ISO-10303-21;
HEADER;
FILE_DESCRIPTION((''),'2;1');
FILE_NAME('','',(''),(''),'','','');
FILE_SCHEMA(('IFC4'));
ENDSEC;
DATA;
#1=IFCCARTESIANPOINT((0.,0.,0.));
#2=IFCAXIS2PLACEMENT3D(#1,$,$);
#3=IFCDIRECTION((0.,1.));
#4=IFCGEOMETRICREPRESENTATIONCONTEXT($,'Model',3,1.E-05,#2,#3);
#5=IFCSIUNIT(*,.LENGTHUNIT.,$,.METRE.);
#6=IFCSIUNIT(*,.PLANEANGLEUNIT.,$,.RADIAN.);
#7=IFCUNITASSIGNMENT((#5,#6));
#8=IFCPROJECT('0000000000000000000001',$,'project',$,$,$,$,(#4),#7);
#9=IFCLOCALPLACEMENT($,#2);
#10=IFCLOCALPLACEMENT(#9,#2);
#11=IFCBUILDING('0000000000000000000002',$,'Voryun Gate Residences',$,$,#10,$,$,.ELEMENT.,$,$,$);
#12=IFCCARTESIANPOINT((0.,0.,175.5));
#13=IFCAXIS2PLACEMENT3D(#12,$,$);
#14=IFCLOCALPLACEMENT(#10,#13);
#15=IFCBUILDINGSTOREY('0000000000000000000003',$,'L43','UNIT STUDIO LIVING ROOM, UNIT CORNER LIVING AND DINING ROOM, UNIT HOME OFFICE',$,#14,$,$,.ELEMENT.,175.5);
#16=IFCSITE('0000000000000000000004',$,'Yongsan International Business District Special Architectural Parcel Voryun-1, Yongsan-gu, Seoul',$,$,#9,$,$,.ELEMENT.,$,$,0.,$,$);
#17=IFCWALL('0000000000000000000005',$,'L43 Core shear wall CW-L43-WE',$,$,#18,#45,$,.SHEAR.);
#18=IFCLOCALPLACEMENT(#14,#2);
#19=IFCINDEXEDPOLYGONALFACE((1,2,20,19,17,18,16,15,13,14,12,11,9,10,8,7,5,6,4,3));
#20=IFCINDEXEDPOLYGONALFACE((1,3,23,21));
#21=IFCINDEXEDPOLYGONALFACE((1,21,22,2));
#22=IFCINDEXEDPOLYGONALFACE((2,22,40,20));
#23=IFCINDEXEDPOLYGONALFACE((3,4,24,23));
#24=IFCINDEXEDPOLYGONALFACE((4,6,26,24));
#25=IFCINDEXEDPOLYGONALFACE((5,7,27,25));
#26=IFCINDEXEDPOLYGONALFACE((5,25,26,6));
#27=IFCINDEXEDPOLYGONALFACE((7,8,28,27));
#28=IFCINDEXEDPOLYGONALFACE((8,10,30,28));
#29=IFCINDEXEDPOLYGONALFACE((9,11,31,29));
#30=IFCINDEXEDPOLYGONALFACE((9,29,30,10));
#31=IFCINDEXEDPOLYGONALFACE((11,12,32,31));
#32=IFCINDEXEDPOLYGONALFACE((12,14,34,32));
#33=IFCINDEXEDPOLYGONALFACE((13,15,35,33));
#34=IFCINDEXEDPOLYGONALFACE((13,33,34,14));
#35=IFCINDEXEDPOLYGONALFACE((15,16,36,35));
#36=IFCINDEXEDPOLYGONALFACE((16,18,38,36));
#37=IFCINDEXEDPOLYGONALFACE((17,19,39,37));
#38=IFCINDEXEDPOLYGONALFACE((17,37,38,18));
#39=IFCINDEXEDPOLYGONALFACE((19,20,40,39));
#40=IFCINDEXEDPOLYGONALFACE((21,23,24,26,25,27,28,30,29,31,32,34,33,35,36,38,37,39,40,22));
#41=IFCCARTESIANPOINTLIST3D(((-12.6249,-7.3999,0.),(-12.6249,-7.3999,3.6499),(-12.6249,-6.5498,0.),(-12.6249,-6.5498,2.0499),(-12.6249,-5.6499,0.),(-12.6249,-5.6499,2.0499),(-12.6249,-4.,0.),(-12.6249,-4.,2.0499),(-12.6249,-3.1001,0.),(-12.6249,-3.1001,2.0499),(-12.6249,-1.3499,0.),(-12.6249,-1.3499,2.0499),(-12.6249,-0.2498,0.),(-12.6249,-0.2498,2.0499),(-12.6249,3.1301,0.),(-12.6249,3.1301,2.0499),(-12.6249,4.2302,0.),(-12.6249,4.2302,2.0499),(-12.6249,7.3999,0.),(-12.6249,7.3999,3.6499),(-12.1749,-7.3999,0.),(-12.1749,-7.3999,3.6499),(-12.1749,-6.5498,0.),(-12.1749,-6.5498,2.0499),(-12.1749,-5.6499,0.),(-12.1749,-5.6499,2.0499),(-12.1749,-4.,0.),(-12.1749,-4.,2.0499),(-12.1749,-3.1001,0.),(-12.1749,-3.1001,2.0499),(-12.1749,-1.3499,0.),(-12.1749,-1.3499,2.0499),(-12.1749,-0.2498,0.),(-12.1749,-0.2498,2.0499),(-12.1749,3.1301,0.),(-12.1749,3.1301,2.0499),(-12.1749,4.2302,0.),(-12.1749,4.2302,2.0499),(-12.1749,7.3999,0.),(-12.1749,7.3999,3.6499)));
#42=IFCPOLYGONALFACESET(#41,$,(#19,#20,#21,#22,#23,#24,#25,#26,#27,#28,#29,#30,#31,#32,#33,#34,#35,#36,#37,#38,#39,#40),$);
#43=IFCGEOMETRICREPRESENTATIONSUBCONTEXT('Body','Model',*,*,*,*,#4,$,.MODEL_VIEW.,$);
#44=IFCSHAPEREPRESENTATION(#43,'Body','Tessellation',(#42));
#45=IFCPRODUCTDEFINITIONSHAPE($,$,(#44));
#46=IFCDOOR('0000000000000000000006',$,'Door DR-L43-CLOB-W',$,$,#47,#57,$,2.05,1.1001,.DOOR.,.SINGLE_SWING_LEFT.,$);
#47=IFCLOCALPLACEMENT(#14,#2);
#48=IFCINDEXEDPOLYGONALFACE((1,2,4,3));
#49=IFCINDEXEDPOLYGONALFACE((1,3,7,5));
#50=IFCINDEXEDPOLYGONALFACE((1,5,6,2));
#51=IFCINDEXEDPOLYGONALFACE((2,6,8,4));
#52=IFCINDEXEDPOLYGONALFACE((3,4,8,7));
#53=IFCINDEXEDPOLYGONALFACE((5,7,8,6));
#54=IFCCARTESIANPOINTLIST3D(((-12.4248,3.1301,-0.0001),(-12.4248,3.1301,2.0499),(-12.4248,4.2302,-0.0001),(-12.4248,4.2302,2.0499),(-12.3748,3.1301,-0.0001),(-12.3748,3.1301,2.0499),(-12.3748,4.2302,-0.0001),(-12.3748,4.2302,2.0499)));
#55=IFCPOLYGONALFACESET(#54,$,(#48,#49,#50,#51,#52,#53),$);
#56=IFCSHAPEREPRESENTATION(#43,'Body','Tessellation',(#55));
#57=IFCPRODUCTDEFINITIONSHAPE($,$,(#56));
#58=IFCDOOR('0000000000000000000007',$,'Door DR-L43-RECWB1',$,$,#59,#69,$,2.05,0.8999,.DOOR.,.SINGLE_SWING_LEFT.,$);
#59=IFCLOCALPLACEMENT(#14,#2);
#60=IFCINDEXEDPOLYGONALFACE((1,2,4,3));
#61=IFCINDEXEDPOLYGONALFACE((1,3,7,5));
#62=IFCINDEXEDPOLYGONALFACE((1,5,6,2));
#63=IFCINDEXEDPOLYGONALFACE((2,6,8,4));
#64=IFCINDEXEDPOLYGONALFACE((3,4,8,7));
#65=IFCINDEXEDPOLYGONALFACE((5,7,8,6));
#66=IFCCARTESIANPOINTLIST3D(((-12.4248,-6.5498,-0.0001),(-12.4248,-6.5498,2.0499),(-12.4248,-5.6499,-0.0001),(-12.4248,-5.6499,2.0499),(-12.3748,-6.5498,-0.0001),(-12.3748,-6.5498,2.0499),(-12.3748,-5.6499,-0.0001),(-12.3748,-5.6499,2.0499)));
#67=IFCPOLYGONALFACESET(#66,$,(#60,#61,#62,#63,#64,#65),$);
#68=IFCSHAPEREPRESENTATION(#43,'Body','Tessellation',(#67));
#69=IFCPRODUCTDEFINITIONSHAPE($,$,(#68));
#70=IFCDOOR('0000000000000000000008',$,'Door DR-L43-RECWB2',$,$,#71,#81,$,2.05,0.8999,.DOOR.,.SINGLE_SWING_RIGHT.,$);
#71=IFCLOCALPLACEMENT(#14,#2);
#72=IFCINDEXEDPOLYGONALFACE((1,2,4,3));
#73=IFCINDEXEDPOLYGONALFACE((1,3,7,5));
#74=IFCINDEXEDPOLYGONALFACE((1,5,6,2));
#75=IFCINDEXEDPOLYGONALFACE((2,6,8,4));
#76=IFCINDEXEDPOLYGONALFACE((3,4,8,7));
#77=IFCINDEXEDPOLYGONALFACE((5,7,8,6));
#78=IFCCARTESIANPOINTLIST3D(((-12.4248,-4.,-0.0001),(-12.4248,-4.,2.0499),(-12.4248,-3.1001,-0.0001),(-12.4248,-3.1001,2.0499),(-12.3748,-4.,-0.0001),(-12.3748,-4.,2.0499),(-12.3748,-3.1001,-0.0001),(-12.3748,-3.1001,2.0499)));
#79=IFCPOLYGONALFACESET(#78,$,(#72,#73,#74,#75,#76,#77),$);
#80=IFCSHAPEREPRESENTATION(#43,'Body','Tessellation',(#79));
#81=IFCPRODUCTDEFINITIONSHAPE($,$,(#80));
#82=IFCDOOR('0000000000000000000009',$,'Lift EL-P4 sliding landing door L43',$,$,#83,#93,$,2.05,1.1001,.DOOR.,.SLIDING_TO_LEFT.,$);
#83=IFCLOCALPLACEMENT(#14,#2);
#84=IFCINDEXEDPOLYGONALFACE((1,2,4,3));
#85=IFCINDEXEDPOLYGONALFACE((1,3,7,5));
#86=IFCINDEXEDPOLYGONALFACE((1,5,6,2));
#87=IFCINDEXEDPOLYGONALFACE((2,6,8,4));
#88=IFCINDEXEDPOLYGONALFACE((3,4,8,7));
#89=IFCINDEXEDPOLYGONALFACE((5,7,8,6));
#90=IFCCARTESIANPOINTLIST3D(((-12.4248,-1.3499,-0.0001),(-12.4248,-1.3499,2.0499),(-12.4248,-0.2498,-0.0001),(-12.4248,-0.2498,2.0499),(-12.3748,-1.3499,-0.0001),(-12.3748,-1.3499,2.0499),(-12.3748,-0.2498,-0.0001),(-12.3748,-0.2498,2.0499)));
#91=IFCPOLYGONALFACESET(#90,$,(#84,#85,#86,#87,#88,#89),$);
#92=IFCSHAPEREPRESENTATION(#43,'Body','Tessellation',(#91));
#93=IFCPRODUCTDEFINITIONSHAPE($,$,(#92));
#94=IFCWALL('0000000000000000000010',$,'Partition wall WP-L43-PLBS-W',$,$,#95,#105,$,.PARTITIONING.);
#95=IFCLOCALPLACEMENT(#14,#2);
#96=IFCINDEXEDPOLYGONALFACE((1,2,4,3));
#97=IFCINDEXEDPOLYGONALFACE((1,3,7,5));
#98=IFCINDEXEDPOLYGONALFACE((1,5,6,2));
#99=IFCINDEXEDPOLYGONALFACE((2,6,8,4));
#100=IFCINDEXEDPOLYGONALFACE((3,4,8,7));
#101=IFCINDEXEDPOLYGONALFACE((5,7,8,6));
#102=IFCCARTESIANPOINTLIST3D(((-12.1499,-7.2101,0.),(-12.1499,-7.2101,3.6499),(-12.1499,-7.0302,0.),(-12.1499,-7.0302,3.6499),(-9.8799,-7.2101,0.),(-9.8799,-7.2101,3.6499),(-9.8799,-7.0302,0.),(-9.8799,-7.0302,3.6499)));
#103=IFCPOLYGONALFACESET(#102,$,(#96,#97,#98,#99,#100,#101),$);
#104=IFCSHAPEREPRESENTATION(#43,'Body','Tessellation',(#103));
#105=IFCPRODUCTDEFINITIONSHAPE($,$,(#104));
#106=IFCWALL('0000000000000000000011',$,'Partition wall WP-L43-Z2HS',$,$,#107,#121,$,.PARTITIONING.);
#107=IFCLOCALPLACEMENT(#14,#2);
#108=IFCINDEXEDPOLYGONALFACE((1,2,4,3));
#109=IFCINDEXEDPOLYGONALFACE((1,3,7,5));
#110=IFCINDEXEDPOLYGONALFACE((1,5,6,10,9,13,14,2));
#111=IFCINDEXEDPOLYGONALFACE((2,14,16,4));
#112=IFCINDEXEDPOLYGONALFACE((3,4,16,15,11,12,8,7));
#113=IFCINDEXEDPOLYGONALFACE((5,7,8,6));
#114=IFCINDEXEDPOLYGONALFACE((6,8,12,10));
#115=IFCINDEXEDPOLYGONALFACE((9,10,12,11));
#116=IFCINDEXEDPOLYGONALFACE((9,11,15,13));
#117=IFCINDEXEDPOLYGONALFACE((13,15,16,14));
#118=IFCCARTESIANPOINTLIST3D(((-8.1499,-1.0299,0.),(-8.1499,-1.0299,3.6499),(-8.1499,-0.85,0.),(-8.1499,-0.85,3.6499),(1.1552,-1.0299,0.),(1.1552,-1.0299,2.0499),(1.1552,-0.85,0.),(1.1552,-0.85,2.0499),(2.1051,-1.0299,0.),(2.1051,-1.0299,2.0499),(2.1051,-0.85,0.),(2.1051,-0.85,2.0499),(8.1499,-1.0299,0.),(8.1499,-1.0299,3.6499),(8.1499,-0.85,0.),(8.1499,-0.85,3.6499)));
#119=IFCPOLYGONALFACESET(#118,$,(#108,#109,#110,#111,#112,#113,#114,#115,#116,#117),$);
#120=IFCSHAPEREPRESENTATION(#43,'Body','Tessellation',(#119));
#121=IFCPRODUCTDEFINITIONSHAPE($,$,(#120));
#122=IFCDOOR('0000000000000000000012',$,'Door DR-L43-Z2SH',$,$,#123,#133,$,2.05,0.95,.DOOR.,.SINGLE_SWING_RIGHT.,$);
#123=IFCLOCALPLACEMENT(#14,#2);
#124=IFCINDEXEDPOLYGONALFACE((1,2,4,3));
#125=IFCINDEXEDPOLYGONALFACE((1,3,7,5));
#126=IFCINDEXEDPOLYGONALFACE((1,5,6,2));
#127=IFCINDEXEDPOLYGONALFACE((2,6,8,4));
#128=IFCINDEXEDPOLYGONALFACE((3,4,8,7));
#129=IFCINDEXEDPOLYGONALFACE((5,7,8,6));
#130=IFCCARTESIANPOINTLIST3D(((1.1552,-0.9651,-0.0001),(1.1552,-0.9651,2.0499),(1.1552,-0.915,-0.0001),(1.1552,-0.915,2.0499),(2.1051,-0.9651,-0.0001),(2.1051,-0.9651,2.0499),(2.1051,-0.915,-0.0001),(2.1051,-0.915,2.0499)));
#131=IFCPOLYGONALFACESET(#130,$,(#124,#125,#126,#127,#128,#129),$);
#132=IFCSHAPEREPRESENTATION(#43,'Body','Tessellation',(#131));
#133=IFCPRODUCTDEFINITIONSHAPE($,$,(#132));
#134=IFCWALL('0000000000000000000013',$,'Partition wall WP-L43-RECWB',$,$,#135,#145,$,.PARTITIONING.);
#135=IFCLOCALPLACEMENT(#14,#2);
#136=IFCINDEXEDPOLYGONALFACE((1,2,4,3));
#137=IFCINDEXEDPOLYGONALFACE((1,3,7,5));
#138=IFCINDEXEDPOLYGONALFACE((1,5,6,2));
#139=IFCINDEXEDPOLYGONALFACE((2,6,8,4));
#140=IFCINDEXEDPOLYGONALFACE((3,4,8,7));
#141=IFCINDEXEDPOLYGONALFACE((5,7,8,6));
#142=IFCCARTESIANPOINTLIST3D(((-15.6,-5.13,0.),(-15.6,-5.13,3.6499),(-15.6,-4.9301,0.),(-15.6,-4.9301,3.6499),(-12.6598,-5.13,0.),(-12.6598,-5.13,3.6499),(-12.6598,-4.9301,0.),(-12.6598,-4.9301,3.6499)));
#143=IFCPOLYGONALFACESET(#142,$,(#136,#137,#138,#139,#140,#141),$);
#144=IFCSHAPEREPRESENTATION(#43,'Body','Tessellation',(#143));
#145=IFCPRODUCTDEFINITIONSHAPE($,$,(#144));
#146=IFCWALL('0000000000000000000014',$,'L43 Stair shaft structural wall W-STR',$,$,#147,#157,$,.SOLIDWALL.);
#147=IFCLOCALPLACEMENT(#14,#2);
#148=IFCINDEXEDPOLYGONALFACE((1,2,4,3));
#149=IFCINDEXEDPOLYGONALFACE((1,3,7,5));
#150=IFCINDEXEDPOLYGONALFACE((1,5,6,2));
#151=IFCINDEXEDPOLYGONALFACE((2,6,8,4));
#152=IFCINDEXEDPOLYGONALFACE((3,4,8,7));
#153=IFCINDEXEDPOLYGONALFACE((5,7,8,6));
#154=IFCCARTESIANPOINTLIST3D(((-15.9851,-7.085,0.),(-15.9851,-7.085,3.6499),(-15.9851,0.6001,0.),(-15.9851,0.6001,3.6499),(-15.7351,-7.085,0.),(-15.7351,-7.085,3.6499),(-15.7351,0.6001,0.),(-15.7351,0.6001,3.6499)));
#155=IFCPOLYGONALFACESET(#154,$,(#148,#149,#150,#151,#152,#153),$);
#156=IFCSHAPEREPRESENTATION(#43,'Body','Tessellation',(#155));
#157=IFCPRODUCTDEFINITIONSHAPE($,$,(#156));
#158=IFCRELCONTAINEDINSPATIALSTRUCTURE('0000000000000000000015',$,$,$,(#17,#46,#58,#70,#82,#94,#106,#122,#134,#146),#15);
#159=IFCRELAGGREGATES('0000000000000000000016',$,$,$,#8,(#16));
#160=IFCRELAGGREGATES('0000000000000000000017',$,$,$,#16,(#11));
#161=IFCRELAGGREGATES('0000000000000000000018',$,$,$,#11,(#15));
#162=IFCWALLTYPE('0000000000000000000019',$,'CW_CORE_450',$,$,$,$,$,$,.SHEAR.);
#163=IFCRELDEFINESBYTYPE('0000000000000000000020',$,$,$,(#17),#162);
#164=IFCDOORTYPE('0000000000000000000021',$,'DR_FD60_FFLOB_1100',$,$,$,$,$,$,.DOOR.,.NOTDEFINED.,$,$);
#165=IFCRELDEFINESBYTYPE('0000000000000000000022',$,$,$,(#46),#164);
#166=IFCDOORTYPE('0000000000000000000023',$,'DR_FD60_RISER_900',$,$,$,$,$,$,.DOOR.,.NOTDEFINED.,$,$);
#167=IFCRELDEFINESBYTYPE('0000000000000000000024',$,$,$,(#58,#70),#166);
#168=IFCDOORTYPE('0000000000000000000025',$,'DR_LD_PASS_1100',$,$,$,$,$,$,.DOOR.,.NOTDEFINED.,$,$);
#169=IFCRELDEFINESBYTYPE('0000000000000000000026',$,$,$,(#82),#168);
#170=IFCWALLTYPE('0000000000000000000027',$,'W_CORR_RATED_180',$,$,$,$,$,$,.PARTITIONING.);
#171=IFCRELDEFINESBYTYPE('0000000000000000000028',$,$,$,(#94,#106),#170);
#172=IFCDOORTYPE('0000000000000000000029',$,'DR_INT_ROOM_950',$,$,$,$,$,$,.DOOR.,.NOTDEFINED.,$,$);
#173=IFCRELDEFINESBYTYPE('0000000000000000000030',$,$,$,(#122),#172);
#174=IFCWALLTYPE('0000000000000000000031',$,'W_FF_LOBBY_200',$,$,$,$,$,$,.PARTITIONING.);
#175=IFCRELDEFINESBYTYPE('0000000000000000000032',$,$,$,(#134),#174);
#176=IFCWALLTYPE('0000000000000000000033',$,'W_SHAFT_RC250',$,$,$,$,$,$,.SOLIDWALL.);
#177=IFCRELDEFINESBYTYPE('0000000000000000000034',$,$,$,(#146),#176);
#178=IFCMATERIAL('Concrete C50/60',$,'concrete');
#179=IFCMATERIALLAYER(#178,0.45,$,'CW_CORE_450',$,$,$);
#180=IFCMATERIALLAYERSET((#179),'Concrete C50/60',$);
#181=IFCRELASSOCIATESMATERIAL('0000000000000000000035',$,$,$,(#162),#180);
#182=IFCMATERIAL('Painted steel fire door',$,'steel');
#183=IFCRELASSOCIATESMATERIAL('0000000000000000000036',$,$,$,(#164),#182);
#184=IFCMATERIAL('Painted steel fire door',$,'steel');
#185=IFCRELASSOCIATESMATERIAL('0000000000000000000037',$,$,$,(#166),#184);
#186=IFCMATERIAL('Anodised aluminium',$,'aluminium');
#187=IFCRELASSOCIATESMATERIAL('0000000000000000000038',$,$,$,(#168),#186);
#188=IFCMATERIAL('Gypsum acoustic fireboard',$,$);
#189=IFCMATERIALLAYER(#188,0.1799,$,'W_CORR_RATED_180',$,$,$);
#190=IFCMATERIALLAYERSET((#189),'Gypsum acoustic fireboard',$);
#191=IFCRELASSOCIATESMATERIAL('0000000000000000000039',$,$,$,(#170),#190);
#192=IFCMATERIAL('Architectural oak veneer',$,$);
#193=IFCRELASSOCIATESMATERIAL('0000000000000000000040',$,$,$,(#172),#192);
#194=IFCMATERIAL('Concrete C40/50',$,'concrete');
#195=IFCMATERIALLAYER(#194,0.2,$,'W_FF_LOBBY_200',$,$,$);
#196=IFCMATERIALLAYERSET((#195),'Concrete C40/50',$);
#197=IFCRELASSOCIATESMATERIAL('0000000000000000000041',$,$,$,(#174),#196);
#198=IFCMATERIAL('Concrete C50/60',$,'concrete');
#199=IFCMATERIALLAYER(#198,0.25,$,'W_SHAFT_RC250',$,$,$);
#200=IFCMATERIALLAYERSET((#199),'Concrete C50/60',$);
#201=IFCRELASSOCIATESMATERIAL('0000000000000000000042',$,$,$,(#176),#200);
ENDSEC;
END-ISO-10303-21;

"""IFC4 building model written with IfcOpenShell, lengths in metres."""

from ifc_helpers import new_model, si_unit, direction, frame, frame_2d, origin, place, context, subcontext, project, spatial, rectangle, extrude, material, layer, layer_set, type_object, element, fill, save


model = new_model("IFC4")

# Units and contexts
model_context = context("Model", 3, precision=1e-05, world=origin(), true_north=direction((0.0, 1.0)))
body_context = subcontext(model_context, "Body", "Model", "MODEL_VIEW")
ifc_project = project(units=[si_unit("LENGTHUNIT", "METRE"), si_unit("PLANEANGLEUNIT", "RADIAN")], contexts=[model_context])

# Site, building, storey
site_placement = place(None, origin())
site = spatial("IfcSite", under=ifc_project, at=site_placement, Name="Yongsan International Business District Special Architectural Parcel Voryun-1, Yongsan-gu, Seoul", CompositionType="ELEMENT", RefElevation=0.0)
building_placement = place(site_placement, origin())
building = spatial("IfcBuilding", under=site, at=building_placement, Name="Voryun Gate Residences", CompositionType="ELEMENT")
storey_placement = place(building_placement, frame((0.0, 0.0, 175.5)))
storey = spatial("IfcBuildingStorey", under=building, at=storey_placement, Name="L43", Description="UNIT STUDIO LIVING ROOM, UNIT CORNER LIVING AND DINING ROOM, UNIT HOME OFFICE", CompositionType="ELEMENT", Elevation=175.5)

# Wall, openings, doors
ifc_material_1 = material(Name="Concrete C50/60", Category="concrete")
ifc_layer_1 = layer(ifc_material_1, 0.45, Name="CW_CORE_450")
ifc_layer_set_1 = layer_set([ifc_layer_1], Name="Concrete C50/60")
wall_type_1 = type_object("IfcWallType", Name="CW_CORE_450", PredefinedType="SHEAR", material=ifc_layer_set_1)
wall_1_placement = place(storey_placement, frame((-12.3999, -7.3999, 0.0), z_axis=(0.0, 0.0, 1.0), x_axis=(0.0, 1.0, 0.0)))
wall_1 = element("IfcWall", 1, at=wall_1_placement, inside=storey, type_object=wall_type_1, Name="L43 Core shear wall CW-L43-WE", PredefinedType="SHEAR", context=body_context, shape_type="SweptSolid", body=[
    extrude(rectangle(XDim=14.7998, YDim=0.45, at=frame_2d((7.3999, 0.0))), origin(), (0.0, 0.0, 1.0), 3.6499),
])
opening_1_placement = place(wall_1_placement, frame((6.05, 0.0, 0.0)))
opening_1 = element("IfcOpeningElement", 2, at=opening_1_placement, cuts=wall_1, PredefinedType="OPENING", context=body_context, shape_type="SweptSolid", body=[
    extrude(rectangle(XDim=1.1001, YDim=2.05, at=frame_2d((0.55, 1.0249))), frame((0.0, 0.2351, 0.0), z_axis=(0.0, -1.0, 0.0), x_axis=(1.0, 0.0, 0.0)), (0.0, 0.0, 1.0), 0.47),
])
opening_2_placement = place(wall_1_placement, frame((10.53, 0.0, 0.0)))
opening_2 = element("IfcOpeningElement", 3, at=opening_2_placement, cuts=wall_1, PredefinedType="OPENING", context=body_context, shape_type="SweptSolid", body=[
    extrude(rectangle(XDim=1.1001, YDim=2.05, at=frame_2d((0.55, 1.0249))), frame((0.0, 0.2351, 0.0), z_axis=(0.0, -1.0, 0.0), x_axis=(1.0, 0.0, 0.0)), (0.0, 0.0, 1.0), 0.47),
])
opening_3_placement = place(wall_1_placement, frame((0.8501, 0.0, 0.0)))
opening_3 = element("IfcOpeningElement", 4, at=opening_3_placement, cuts=wall_1, PredefinedType="OPENING", context=body_context, shape_type="SweptSolid", body=[
    extrude(rectangle(XDim=0.8999, YDim=2.05, at=frame_2d((0.45, 1.0249))), frame((0.0, 0.2351, 0.0), z_axis=(0.0, -1.0, 0.0), x_axis=(1.0, 0.0, 0.0)), (0.0, 0.0, 1.0), 0.47),
])
opening_4_placement = place(wall_1_placement, frame((3.3999, 0.0, 0.0)))
opening_4 = element("IfcOpeningElement", 5, at=opening_4_placement, cuts=wall_1, PredefinedType="OPENING", context=body_context, shape_type="SweptSolid", body=[
    extrude(rectangle(XDim=0.8999, YDim=2.05, at=frame_2d((0.45, 1.0249))), frame((0.0, 0.2351, 0.0), z_axis=(0.0, -1.0, 0.0), x_axis=(1.0, 0.0, 0.0)), (0.0, 0.0, 1.0), 0.47),
])
ifc_material_2 = material(Name="Painted steel fire door", Category="steel")
door_type_1 = type_object("IfcDoorType", Name="DR_FD60_FFLOB_1100", OperationType="NOTDEFINED", PredefinedType="DOOR", material=ifc_material_2)
door_1_placement = place(opening_2_placement, origin())
door_1 = element("IfcDoor", 6, at=door_1_placement, inside=storey, type_object=door_type_1, Name="Door DR-L43-CLOB-W", OperationType="SINGLE_SWING_LEFT", OverallHeight=2.05, OverallWidth=1.1001, PredefinedType="DOOR", context=body_context, shape_type="SweptSolid", body=[
    extrude(rectangle(XDim=1.1001, YDim=2.05, at=frame_2d((0.55, 1.0249))), frame((0.0, 0.0249, 0.0), z_axis=(0.0, -1.0, 0.0), x_axis=(1.0, 0.0, 0.0)), (0.0, 0.0, 1.0), 0.05),
])
fill(opening_2, door_1)
ifc_material_3 = material(Name="Painted steel fire door", Category="steel")
door_type_2 = type_object("IfcDoorType", Name="DR_FD60_RISER_900", OperationType="NOTDEFINED", PredefinedType="DOOR", material=ifc_material_3)
door_2_placement = place(opening_3_placement, origin())
door_2 = element("IfcDoor", 7, at=door_2_placement, inside=storey, type_object=door_type_2, Name="Door DR-L43-RECWB1", OperationType="SINGLE_SWING_LEFT", OverallHeight=2.05, OverallWidth=0.8999, PredefinedType="DOOR", context=body_context, shape_type="SweptSolid", body=[
    extrude(rectangle(XDim=0.8999, YDim=2.05, at=frame_2d((0.45, 1.0249))), frame((0.0, 0.0249, 0.0), z_axis=(0.0, -1.0, 0.0), x_axis=(1.0, 0.0, 0.0)), (0.0, 0.0, 1.0), 0.05),
])
fill(opening_3, door_2)
door_3_placement = place(opening_4_placement, origin())
door_3 = element("IfcDoor", 8, at=door_3_placement, inside=storey, type_object=door_type_2, Name="Door DR-L43-RECWB2", OperationType="SINGLE_SWING_RIGHT", OverallHeight=2.05, OverallWidth=0.8999, PredefinedType="DOOR", context=body_context, shape_type="SweptSolid", body=[
    extrude(rectangle(XDim=0.8999, YDim=2.05, at=frame_2d((0.45, 1.0249))), frame((0.0, 0.0249, 0.0), z_axis=(0.0, -1.0, 0.0), x_axis=(1.0, 0.0, 0.0)), (0.0, 0.0, 1.0), 0.05),
])
fill(opening_4, door_3)
ifc_material_4 = material(Name="Anodised aluminium", Category="aluminium")
door_type_3 = type_object("IfcDoorType", Name="DR_LD_PASS_1100", OperationType="NOTDEFINED", PredefinedType="DOOR", material=ifc_material_4)
door_4_placement = place(opening_1_placement, origin())
door_4 = element("IfcDoor", 9, at=door_4_placement, inside=storey, type_object=door_type_3, Name="Lift EL-P4 sliding landing door L43", OperationType="SLIDING_TO_LEFT", OverallHeight=2.05, OverallWidth=1.1001, PredefinedType="DOOR", context=body_context, shape_type="SweptSolid", body=[
    extrude(rectangle(XDim=1.1001, YDim=2.05, at=frame_2d((0.55, 1.0249))), frame((0.0, 0.0249, 0.0), z_axis=(0.0, -1.0, 0.0), x_axis=(1.0, 0.0, 0.0)), (0.0, 0.0, 1.0), 0.05),
])
fill(opening_1, door_4)

# Wall
ifc_material_5 = material(Name="Gypsum acoustic fireboard")
ifc_layer_2 = layer(ifc_material_5, 0.1799, Name="W_CORR_RATED_180")
ifc_layer_set_2 = layer_set([ifc_layer_2], Name="Gypsum acoustic fireboard")
wall_type_2 = type_object("IfcWallType", Name="W_CORR_RATED_180", PredefinedType="PARTITIONING", material=ifc_layer_set_2)
wall_2_placement = place(storey_placement, frame((-12.1499, -7.1201, 0.0), z_axis=(0.0, 0.0, 1.0), x_axis=(1.0, 0.0, 0.0)))
element("IfcWall", 10, at=wall_2_placement, inside=storey, type_object=wall_type_2, Name="Partition wall WP-L43-PLBS-W", PredefinedType="PARTITIONING", context=body_context, shape_type="SweptSolid", body=[
    extrude(rectangle(XDim=2.27, YDim=0.1799, at=frame_2d((1.135, 0.0))), origin(), (0.0, 0.0, 1.0), 3.6499),
])

# Wall, opening, door
wall_3_placement = place(storey_placement, frame((-8.1499, -0.9399, 0.0), z_axis=(0.0, 0.0, 1.0), x_axis=(1.0, 0.0, 0.0)))
wall_3 = element("IfcWall", 11, at=wall_3_placement, inside=storey, type_object=wall_type_2, Name="Partition wall WP-L43-Z2HS", PredefinedType="PARTITIONING", context=body_context, shape_type="SweptSolid", body=[
    extrude(rectangle(XDim=16.2998, YDim=0.1799, at=frame_2d((8.1499, 0.0))), origin(), (0.0, 0.0, 1.0), 3.6499),
])
opening_5_placement = place(wall_3_placement, frame((9.3049, 0.0, 0.0)))
opening_5 = element("IfcOpeningElement", 12, at=opening_5_placement, cuts=wall_3, PredefinedType="OPENING", context=body_context, shape_type="SweptSolid", body=[
    extrude(rectangle(XDim=0.95, YDim=2.05, at=frame_2d((0.4751, 1.0249))), frame((0.0, 0.0999, 0.0), z_axis=(0.0, -1.0, 0.0), x_axis=(1.0, 0.0, 0.0)), (0.0, 0.0, 1.0), 0.2),
])
ifc_material_6 = material(Name="Architectural oak veneer")
door_type_4 = type_object("IfcDoorType", Name="DR_INT_ROOM_950", OperationType="NOTDEFINED", PredefinedType="DOOR", material=ifc_material_6)
door_5_placement = place(opening_5_placement, origin())
door_5 = element("IfcDoor", 13, at=door_5_placement, inside=storey, type_object=door_type_4, Name="Door DR-L43-Z2SH", OperationType="SINGLE_SWING_RIGHT", OverallHeight=2.05, OverallWidth=0.95, PredefinedType="DOOR", context=body_context, shape_type="SweptSolid", body=[
    extrude(rectangle(XDim=0.95, YDim=2.05, at=frame_2d((0.4751, 1.0249))), frame((0.0, 0.0249, 0.0), z_axis=(0.0, -1.0, 0.0), x_axis=(1.0, 0.0, 0.0)), (0.0, 0.0, 1.0), 0.05),
])
fill(opening_5, door_5)

# Walls
ifc_material_7 = material(Name="Concrete C40/50", Category="concrete")
ifc_layer_3 = layer(ifc_material_7, 0.2, Name="W_FF_LOBBY_200")
ifc_layer_set_3 = layer_set([ifc_layer_3], Name="Concrete C40/50")
wall_type_3 = type_object("IfcWallType", Name="W_FF_LOBBY_200", PredefinedType="PARTITIONING", material=ifc_layer_set_3)
wall_4_placement = place(storey_placement, frame((-15.6001, -5.03, 0.0), z_axis=(0.0, 0.0, 1.0), x_axis=(1.0, 0.0, 0.0)))
element("IfcWall", 14, at=wall_4_placement, inside=storey, type_object=wall_type_3, Name="Partition wall WP-L43-RECWB", PredefinedType="PARTITIONING", context=body_context, shape_type="SweptSolid", body=[
    extrude(rectangle(XDim=2.9402, YDim=0.2, at=frame_2d((1.4702, 0.0))), origin(), (0.0, 0.0, 1.0), 3.6499),
])
ifc_material_8 = material(Name="Concrete C50/60", Category="concrete")
ifc_layer_4 = layer(ifc_material_8, 0.25, Name="W_SHAFT_RC250")
ifc_layer_set_4 = layer_set([ifc_layer_4], Name="Concrete C50/60")
wall_type_4 = type_object("IfcWallType", Name="W_SHAFT_RC250", PredefinedType="SOLIDWALL", material=ifc_layer_set_4)
wall_5_placement = place(storey_placement, frame((-15.8601, -7.085, 0.0), z_axis=(0.0, 0.0, 1.0), x_axis=(0.0, 1.0, 0.0)))
element("IfcWall", 15, at=wall_5_placement, inside=storey, type_object=wall_type_4, Name="L43 Stair shaft structural wall W-STR", PredefinedType="SOLIDWALL", context=body_context, shape_type="SweptSolid", body=[
    extrude(rectangle(XDim=7.6851, YDim=0.25, at=frame_2d((3.8425, 0.0))), origin(), (0.0, 0.0, 1.0), 3.6499),
])

save(model, "model.ifc")
